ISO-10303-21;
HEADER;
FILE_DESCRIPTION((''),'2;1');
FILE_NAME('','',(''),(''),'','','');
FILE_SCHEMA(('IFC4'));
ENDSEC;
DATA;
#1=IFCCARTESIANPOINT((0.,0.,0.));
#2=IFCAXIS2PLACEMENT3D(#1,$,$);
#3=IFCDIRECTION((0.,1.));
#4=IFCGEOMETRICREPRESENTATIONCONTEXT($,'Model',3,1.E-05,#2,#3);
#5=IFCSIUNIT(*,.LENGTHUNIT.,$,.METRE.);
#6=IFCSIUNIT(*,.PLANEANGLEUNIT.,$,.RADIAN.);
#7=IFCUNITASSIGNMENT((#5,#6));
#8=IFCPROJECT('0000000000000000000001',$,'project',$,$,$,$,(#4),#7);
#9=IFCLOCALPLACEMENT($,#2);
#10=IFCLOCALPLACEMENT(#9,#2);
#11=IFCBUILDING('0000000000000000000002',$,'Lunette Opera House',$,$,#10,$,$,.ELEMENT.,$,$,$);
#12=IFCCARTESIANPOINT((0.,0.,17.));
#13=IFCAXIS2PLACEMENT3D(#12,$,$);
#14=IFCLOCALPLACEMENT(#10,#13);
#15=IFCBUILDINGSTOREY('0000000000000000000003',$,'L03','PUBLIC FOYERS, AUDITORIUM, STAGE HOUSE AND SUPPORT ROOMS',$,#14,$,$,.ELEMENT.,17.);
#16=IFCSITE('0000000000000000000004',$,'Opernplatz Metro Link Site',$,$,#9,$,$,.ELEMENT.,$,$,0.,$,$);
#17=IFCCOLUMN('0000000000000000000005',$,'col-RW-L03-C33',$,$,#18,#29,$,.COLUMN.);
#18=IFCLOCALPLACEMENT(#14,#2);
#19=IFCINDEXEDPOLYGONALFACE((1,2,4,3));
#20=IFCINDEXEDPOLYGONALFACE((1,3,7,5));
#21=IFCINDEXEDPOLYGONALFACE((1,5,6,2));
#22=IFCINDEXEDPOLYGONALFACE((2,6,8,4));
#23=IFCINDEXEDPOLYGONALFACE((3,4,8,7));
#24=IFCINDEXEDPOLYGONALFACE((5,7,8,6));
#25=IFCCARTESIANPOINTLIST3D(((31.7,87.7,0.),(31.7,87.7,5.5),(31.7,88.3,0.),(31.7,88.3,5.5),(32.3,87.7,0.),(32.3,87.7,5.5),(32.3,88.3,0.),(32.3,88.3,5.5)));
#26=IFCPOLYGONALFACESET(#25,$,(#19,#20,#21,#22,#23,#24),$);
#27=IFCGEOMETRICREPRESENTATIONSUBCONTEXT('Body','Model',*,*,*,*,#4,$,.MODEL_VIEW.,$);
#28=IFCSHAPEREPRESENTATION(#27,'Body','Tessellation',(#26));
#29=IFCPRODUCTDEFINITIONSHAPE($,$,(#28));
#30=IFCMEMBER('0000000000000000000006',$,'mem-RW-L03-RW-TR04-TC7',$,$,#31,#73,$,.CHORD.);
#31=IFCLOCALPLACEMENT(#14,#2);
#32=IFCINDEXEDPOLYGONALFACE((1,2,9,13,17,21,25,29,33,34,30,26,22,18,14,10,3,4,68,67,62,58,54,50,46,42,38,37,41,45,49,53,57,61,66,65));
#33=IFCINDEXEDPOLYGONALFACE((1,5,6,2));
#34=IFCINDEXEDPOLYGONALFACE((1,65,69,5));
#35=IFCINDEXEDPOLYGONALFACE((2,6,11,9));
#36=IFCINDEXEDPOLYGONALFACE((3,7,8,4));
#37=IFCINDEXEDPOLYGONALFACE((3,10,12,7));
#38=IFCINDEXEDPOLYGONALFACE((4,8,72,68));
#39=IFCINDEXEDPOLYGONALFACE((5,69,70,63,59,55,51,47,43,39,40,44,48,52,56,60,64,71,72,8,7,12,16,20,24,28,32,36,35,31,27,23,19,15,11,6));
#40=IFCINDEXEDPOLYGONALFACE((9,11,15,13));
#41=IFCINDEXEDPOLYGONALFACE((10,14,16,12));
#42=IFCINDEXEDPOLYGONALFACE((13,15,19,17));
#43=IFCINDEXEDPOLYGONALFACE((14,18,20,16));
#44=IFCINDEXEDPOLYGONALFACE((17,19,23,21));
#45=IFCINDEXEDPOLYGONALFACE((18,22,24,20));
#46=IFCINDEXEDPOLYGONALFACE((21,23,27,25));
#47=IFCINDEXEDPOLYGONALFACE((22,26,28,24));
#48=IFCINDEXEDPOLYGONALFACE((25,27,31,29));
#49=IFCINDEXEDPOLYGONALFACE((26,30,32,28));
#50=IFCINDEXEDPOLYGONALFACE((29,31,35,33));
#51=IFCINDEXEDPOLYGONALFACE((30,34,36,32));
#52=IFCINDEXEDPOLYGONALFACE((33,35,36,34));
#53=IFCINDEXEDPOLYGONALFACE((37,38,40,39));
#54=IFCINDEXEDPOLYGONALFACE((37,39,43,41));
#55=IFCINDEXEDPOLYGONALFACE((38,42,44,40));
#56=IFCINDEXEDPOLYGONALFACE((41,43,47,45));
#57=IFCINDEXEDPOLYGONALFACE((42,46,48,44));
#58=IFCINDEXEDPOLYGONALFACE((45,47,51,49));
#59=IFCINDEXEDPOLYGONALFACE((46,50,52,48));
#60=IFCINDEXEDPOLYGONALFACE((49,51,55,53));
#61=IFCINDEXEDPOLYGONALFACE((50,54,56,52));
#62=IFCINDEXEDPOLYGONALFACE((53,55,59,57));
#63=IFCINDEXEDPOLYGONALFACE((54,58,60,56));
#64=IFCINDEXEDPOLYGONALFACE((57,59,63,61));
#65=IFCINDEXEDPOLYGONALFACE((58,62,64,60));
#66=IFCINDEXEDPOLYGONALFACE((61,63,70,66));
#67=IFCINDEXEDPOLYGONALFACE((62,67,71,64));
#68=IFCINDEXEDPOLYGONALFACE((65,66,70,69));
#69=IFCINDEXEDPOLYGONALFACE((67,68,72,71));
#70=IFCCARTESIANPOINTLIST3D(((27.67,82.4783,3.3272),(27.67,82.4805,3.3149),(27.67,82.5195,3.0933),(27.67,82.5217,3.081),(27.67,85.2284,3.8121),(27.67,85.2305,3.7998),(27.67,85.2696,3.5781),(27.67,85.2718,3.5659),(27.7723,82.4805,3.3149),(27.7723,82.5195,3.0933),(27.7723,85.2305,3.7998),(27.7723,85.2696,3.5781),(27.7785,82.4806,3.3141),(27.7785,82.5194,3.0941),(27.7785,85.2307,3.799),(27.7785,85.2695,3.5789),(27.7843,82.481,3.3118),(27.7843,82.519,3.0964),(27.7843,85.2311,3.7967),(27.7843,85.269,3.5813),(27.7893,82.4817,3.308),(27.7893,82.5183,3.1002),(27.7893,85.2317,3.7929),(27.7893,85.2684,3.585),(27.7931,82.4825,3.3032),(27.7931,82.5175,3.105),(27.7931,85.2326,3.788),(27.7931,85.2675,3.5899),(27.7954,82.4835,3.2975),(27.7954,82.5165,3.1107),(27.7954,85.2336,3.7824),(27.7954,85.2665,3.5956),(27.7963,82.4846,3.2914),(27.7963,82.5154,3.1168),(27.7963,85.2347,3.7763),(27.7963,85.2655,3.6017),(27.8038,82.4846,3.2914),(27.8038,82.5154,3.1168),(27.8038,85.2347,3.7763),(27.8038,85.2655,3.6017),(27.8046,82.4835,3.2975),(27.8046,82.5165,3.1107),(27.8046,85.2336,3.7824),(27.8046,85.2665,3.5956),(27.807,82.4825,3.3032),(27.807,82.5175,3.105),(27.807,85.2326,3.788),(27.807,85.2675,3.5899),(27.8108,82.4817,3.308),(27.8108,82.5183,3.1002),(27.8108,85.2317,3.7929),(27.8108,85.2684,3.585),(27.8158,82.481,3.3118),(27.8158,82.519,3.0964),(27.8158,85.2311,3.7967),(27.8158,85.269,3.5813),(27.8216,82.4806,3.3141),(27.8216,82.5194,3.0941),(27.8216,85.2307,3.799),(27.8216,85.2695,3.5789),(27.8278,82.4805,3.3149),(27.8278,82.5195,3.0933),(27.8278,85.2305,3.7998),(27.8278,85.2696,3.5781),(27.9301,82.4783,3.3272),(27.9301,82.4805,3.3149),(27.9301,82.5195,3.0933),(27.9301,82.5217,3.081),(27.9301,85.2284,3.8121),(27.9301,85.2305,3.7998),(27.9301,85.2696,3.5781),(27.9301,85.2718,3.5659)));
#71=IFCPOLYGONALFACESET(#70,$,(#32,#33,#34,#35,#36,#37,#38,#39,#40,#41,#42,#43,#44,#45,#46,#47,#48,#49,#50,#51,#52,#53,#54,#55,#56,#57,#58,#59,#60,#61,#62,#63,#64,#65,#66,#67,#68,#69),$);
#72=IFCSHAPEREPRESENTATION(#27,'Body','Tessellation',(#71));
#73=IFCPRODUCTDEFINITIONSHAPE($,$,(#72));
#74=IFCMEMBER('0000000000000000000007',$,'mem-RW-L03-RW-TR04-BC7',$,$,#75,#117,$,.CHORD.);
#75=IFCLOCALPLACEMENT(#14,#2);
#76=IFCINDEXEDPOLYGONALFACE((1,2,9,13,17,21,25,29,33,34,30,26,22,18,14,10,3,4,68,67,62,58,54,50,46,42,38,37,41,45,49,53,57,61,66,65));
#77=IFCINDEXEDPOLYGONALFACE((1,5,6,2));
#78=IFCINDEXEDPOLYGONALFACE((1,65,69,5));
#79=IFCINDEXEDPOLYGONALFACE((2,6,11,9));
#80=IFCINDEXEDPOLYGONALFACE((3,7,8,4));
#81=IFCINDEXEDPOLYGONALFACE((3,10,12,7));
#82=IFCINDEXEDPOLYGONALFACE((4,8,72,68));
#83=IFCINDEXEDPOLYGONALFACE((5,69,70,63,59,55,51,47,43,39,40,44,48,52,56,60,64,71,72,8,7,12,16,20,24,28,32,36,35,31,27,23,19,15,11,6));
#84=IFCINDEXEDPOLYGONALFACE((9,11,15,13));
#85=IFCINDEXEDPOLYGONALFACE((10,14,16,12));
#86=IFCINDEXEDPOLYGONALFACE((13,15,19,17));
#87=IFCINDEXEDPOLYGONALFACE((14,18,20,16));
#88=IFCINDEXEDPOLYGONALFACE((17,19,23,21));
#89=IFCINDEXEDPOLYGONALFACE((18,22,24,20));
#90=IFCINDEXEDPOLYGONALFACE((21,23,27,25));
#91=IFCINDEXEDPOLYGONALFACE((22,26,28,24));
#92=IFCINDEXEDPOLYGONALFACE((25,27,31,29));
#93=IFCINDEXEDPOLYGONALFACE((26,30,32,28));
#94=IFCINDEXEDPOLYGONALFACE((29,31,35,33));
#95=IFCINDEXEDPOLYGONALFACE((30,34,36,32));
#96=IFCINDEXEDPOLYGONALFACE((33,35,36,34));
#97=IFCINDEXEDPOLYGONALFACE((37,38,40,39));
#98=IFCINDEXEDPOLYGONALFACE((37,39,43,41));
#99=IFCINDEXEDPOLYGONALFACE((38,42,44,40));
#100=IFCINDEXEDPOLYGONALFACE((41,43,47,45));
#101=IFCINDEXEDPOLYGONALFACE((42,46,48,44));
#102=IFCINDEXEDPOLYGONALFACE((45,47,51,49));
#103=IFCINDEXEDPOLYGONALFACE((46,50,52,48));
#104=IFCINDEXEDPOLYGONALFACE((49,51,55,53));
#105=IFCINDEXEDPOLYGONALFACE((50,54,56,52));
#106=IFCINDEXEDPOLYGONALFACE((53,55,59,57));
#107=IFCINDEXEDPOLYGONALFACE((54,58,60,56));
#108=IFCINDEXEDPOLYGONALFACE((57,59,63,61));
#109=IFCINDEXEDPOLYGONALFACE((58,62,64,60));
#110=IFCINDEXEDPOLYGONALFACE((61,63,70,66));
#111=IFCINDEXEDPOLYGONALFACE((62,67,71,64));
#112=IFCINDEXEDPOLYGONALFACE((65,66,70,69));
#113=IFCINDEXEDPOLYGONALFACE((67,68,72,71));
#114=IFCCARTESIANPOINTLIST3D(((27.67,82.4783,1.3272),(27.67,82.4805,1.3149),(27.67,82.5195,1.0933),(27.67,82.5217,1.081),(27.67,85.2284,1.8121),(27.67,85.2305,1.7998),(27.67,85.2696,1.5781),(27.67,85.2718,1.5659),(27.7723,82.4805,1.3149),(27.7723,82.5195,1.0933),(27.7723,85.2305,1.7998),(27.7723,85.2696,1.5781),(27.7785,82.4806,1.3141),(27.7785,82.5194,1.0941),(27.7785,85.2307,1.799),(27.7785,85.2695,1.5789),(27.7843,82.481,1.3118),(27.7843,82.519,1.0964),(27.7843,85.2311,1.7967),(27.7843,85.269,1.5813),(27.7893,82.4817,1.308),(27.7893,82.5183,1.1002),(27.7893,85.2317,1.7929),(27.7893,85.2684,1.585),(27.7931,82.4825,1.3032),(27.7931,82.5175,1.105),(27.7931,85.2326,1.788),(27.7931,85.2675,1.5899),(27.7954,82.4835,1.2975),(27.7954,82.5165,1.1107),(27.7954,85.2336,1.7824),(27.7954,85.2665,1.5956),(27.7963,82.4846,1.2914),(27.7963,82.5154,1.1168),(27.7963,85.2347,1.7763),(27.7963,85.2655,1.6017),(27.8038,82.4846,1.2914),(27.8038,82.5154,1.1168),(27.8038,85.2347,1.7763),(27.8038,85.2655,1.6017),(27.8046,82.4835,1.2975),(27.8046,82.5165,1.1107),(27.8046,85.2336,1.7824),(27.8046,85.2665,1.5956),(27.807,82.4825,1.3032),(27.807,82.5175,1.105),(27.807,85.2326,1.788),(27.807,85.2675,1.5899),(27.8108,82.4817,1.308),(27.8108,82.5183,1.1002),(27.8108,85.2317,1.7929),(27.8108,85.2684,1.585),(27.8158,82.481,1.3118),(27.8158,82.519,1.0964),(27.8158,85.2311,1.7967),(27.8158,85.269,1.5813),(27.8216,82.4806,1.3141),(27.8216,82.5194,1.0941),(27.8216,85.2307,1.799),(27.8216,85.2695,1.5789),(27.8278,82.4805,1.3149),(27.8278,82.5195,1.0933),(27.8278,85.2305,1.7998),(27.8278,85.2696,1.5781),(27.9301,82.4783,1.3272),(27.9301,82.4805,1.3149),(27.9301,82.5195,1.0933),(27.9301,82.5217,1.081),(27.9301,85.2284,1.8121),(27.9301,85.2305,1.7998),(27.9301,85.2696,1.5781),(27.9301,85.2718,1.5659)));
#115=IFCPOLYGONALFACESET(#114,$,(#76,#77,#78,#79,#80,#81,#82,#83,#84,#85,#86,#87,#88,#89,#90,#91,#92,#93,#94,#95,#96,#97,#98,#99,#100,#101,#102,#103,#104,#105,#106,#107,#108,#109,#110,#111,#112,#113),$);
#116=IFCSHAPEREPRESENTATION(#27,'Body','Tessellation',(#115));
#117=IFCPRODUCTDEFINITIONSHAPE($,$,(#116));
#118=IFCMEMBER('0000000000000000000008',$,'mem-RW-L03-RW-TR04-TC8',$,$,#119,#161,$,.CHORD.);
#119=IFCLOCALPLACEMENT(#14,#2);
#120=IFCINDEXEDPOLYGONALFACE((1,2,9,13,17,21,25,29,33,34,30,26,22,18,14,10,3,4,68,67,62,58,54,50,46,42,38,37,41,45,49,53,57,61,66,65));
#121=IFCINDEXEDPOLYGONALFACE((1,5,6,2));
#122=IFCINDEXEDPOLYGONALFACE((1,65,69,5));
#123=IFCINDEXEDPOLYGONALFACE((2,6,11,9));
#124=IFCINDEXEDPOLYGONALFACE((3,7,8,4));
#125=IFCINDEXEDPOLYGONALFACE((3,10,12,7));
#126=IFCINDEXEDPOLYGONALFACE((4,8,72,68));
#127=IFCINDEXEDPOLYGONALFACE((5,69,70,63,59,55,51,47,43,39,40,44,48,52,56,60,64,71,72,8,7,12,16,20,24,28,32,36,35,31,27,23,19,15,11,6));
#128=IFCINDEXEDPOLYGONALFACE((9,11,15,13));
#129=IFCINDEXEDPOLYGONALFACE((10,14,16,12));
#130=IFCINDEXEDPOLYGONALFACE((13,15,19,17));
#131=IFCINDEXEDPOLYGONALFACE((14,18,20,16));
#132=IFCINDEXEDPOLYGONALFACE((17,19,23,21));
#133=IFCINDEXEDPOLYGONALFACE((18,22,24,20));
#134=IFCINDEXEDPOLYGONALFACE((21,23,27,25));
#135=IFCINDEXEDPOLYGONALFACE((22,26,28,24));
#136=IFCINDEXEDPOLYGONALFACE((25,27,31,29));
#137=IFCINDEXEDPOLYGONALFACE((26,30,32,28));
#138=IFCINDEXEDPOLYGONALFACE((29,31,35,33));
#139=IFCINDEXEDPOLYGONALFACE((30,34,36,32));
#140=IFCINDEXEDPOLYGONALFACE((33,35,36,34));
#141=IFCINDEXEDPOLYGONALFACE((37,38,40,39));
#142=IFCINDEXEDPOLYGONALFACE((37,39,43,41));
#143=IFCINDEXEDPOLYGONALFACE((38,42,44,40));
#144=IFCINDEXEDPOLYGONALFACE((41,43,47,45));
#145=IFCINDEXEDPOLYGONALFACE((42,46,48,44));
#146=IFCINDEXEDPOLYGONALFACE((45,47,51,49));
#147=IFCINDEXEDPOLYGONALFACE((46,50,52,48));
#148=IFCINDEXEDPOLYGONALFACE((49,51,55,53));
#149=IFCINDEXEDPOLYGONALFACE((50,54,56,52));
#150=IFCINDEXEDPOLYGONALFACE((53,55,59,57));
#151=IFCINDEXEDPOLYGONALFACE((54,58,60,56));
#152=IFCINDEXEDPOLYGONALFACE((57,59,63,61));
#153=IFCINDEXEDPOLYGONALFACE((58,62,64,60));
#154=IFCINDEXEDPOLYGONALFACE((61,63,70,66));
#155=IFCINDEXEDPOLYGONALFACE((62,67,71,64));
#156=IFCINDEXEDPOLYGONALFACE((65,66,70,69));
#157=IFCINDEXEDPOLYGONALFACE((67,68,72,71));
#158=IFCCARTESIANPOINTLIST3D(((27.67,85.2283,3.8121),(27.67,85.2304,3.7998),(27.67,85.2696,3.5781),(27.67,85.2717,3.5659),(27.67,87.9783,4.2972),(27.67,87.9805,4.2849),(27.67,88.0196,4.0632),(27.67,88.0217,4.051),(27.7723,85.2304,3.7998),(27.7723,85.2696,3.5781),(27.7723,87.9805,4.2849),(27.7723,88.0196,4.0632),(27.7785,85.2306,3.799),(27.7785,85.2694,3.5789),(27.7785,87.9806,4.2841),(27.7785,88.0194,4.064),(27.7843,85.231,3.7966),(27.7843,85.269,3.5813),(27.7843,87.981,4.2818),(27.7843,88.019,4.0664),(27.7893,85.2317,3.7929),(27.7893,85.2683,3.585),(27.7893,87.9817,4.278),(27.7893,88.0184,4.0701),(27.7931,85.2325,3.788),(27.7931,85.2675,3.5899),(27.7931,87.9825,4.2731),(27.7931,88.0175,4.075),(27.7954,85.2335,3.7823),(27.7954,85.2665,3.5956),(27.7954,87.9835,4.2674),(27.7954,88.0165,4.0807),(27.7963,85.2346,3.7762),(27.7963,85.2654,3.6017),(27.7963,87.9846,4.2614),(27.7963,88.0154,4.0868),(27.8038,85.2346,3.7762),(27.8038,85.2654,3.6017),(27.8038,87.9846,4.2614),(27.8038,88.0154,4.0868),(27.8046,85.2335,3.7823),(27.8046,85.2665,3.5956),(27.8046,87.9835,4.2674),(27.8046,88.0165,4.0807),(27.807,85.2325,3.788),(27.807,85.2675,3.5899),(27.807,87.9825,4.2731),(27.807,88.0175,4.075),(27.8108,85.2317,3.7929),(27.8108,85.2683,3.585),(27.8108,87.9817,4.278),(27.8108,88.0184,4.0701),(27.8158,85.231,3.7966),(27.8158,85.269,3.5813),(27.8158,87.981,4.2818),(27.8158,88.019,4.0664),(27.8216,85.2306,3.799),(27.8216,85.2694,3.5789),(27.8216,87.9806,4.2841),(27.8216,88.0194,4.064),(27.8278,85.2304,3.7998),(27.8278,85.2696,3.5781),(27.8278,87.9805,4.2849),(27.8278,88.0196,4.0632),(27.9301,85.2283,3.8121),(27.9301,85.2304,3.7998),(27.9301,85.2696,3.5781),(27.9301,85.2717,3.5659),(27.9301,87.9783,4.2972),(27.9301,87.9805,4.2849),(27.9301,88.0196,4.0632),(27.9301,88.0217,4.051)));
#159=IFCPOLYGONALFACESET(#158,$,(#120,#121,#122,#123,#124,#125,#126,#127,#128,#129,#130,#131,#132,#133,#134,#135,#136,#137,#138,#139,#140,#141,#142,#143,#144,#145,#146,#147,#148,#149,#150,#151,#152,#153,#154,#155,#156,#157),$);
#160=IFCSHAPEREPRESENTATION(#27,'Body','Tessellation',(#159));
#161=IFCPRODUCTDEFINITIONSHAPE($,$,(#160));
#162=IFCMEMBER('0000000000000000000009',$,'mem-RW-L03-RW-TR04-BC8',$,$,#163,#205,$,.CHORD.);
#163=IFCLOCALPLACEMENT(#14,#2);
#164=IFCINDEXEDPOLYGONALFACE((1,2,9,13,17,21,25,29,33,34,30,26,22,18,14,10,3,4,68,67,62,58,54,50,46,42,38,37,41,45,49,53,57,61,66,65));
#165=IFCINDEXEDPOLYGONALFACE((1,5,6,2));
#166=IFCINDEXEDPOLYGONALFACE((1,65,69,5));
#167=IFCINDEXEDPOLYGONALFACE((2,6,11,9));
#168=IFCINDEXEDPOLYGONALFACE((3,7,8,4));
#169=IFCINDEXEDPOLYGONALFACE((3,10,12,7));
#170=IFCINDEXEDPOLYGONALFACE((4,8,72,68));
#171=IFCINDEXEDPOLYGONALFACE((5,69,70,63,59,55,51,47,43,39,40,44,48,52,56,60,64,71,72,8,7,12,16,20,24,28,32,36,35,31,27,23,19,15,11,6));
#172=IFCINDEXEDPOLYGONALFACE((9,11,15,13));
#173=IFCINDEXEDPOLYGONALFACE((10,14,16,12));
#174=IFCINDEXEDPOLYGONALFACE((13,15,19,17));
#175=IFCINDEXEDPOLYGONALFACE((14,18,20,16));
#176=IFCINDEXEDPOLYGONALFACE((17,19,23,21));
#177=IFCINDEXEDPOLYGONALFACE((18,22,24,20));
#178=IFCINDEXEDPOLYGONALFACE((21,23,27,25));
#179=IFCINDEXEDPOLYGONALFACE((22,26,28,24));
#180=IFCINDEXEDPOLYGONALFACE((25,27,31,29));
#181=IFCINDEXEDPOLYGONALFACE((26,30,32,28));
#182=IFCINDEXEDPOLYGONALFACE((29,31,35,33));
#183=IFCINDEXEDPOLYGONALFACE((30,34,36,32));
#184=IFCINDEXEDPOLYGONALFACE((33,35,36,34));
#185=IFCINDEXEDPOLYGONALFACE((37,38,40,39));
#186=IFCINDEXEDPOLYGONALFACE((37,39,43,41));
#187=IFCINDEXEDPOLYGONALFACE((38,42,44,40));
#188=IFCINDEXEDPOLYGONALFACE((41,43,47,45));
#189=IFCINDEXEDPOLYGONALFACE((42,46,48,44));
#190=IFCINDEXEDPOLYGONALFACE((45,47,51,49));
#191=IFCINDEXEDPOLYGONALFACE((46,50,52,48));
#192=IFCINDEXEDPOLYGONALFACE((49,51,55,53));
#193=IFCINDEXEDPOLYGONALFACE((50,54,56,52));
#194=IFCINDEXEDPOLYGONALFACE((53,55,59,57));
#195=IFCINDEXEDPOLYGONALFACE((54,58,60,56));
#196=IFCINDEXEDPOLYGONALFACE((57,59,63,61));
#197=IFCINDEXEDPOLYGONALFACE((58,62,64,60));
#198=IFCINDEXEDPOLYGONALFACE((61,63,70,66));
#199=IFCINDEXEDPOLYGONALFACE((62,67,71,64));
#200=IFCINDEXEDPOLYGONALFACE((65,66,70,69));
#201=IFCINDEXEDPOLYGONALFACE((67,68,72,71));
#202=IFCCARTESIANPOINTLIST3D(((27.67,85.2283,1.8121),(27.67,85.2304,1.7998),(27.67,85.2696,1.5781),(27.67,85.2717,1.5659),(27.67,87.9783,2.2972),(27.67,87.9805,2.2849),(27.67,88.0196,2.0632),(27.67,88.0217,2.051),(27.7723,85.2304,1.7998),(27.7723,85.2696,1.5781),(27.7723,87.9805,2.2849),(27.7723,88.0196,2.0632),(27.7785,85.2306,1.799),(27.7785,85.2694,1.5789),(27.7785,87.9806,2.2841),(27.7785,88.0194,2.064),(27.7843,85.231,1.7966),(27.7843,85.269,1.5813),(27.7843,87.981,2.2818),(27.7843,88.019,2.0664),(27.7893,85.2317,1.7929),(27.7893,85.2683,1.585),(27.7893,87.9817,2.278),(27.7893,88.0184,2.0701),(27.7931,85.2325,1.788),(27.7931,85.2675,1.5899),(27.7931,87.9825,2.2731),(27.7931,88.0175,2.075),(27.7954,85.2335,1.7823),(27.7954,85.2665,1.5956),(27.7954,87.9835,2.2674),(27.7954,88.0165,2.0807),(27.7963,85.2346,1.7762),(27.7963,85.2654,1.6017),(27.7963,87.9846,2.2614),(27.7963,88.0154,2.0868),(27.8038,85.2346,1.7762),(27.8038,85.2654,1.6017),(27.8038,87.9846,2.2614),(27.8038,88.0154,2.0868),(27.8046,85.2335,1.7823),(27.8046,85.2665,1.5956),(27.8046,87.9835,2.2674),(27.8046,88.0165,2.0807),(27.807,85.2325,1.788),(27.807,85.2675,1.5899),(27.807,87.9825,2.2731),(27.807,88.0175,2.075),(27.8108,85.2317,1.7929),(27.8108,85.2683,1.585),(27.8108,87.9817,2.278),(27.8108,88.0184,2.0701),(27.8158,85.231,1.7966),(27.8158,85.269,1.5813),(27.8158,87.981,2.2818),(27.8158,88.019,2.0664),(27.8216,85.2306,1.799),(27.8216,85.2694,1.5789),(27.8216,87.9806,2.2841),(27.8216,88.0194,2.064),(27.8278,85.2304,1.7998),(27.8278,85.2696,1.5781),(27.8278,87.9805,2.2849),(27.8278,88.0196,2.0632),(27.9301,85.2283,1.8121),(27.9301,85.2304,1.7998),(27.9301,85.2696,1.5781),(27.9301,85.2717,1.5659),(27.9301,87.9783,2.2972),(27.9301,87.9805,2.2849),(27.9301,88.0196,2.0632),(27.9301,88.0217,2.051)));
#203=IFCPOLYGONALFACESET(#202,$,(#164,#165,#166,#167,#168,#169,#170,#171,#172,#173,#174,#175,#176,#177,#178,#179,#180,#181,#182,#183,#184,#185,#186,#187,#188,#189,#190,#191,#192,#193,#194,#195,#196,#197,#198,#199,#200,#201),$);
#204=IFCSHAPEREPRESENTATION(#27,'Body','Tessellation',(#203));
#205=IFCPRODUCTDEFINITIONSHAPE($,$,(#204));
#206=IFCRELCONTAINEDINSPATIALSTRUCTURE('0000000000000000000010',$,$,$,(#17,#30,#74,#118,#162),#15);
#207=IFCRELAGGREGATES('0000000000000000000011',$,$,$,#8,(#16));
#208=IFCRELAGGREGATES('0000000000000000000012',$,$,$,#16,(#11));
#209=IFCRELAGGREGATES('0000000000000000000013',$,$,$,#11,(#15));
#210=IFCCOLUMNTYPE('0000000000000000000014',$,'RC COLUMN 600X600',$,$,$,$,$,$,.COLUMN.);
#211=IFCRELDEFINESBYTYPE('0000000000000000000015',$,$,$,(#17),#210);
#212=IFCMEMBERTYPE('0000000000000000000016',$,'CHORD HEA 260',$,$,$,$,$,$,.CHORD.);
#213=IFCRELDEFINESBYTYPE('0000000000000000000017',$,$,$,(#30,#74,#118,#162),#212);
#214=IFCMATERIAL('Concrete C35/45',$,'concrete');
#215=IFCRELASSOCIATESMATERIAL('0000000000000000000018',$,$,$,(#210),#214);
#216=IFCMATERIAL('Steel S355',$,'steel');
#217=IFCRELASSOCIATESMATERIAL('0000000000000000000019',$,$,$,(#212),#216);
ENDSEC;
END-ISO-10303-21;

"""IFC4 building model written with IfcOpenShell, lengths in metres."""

from ifc_helpers import new_model, si_unit, direction, frame, origin, origin_2d, place, context, subcontext, project, spatial, rectangle, i_section, extrude, material, material_profile, profile_set, type_object, element, save


model = new_model("IFC4")

# Units and contexts
model_context = context("Model", 3, precision=1e-05, world=origin(), true_north=direction((0.0, 1.0)))
body_context = subcontext(model_context, "Body", "Model", "MODEL_VIEW")
ifc_project = project(units=[si_unit("LENGTHUNIT", "METRE"), si_unit("PLANEANGLEUNIT", "RADIAN")], contexts=[model_context])

# Site, building, storey
site_placement = place(None, origin())
site = spatial("IfcSite", under=ifc_project, at=site_placement, Name="Opernplatz Metro Link Site", CompositionType="ELEMENT", RefElevation=0.0)
building_placement = place(site_placement, origin())
building = spatial("IfcBuilding", under=site, at=building_placement, Name="Lunette Opera House", CompositionType="ELEMENT")
storey_placement = place(building_placement, frame((0.0, 0.0, 17.0)))
storey = spatial("IfcBuildingStorey", under=building, at=storey_placement, Name="L03", Description="PUBLIC FOYERS, AUDITORIUM, STAGE HOUSE AND SUPPORT ROOMS", CompositionType="ELEMENT", Elevation=17.0)

# Column
ifc_material_1 = material(Name="Concrete C35/45", Category="concrete")
ifc_material_profile_1 = material_profile(ifc_material_1, rectangle(XDim=0.6001, YDim=0.6001, at=origin_2d()), Name="RC COLUMN 600X600")
ifc_profile_set_1 = profile_set([ifc_material_profile_1], Name="Concrete C35/45")
column_type = type_object("IfcColumnType", Name="RC COLUMN 600X600", PredefinedType="COLUMN", material=ifc_profile_set_1)
column_placement = place(storey_placement, frame((32.0, 88.0, 0.0), z_axis=(0.0, 0.0, 1.0), x_axis=(1.0, 0.0, 0.0)))
element("IfcColumn", 1, at=column_placement, inside=storey, type_object=column_type, Name="col-RW-L03-C33", PredefinedType="COLUMN", context=body_context, shape_type="SweptSolid", body=[
    extrude(rectangle(XDim=0.6001, YDim=0.6001, at=origin_2d()), origin(), (0.0, 0.0, 1.0), 5.5),
])

# Members
ifc_material_2 = material(Name="Steel S355", Category="steel")
ifc_material_profile_2 = material_profile(ifc_material_2, i_section(OverallWidth=0.26, OverallDepth=0.25, WebThickness=0.0076, FlangeThickness=0.0125, FilletRadius=0.0239, at=origin_2d()), Name="HEA 260")
ifc_profile_set_2 = profile_set([ifc_material_profile_2], Name="Steel S355")
member_type_1 = type_object("IfcMemberType", Name="CHORD HEA 260", PredefinedType="CHORD", material=ifc_profile_set_2)
for number, where, z_axis, x_axis, name in (
    (2, (27.8, 82.5, 3.2041), (0.0, 0.98481, 0.173636), (-1.0, 0.0, 0.0), "mem-RW-L03-RW-TR04-TC7"),
    (3, (27.8, 82.5, 1.2041), (0.0, 0.98481, 0.173636), (-1.0, 0.0, 0.0), "mem-RW-L03-RW-TR04-BC7"),
    (4, (27.8, 85.25, 3.689), (0.0, 0.984795, 0.17372), (-1.0, 0.0, 0.0), "mem-RW-L03-RW-TR04-TC8"),
    (5, (27.8, 85.25, 1.689), (0.0, 0.984795, 0.17372), (-1.0, 0.0, 0.0), "mem-RW-L03-RW-TR04-BC8"),
):
    element("IfcMember", number, at=place(storey_placement, frame(where, z_axis=z_axis, x_axis=x_axis)), inside=storey, type_object=member_type_1, Name=name, PredefinedType="CHORD", context=body_context, shape_type="SweptSolid", body=[
        extrude(i_section(OverallWidth=0.26, OverallDepth=0.25, WebThickness=0.0076, FlangeThickness=0.0125, FilletRadius=0.0239, at=origin_2d()), origin(), (0.0, 0.0, 1.0), 2.7925),
    ])

save(model, "model.ifc")
